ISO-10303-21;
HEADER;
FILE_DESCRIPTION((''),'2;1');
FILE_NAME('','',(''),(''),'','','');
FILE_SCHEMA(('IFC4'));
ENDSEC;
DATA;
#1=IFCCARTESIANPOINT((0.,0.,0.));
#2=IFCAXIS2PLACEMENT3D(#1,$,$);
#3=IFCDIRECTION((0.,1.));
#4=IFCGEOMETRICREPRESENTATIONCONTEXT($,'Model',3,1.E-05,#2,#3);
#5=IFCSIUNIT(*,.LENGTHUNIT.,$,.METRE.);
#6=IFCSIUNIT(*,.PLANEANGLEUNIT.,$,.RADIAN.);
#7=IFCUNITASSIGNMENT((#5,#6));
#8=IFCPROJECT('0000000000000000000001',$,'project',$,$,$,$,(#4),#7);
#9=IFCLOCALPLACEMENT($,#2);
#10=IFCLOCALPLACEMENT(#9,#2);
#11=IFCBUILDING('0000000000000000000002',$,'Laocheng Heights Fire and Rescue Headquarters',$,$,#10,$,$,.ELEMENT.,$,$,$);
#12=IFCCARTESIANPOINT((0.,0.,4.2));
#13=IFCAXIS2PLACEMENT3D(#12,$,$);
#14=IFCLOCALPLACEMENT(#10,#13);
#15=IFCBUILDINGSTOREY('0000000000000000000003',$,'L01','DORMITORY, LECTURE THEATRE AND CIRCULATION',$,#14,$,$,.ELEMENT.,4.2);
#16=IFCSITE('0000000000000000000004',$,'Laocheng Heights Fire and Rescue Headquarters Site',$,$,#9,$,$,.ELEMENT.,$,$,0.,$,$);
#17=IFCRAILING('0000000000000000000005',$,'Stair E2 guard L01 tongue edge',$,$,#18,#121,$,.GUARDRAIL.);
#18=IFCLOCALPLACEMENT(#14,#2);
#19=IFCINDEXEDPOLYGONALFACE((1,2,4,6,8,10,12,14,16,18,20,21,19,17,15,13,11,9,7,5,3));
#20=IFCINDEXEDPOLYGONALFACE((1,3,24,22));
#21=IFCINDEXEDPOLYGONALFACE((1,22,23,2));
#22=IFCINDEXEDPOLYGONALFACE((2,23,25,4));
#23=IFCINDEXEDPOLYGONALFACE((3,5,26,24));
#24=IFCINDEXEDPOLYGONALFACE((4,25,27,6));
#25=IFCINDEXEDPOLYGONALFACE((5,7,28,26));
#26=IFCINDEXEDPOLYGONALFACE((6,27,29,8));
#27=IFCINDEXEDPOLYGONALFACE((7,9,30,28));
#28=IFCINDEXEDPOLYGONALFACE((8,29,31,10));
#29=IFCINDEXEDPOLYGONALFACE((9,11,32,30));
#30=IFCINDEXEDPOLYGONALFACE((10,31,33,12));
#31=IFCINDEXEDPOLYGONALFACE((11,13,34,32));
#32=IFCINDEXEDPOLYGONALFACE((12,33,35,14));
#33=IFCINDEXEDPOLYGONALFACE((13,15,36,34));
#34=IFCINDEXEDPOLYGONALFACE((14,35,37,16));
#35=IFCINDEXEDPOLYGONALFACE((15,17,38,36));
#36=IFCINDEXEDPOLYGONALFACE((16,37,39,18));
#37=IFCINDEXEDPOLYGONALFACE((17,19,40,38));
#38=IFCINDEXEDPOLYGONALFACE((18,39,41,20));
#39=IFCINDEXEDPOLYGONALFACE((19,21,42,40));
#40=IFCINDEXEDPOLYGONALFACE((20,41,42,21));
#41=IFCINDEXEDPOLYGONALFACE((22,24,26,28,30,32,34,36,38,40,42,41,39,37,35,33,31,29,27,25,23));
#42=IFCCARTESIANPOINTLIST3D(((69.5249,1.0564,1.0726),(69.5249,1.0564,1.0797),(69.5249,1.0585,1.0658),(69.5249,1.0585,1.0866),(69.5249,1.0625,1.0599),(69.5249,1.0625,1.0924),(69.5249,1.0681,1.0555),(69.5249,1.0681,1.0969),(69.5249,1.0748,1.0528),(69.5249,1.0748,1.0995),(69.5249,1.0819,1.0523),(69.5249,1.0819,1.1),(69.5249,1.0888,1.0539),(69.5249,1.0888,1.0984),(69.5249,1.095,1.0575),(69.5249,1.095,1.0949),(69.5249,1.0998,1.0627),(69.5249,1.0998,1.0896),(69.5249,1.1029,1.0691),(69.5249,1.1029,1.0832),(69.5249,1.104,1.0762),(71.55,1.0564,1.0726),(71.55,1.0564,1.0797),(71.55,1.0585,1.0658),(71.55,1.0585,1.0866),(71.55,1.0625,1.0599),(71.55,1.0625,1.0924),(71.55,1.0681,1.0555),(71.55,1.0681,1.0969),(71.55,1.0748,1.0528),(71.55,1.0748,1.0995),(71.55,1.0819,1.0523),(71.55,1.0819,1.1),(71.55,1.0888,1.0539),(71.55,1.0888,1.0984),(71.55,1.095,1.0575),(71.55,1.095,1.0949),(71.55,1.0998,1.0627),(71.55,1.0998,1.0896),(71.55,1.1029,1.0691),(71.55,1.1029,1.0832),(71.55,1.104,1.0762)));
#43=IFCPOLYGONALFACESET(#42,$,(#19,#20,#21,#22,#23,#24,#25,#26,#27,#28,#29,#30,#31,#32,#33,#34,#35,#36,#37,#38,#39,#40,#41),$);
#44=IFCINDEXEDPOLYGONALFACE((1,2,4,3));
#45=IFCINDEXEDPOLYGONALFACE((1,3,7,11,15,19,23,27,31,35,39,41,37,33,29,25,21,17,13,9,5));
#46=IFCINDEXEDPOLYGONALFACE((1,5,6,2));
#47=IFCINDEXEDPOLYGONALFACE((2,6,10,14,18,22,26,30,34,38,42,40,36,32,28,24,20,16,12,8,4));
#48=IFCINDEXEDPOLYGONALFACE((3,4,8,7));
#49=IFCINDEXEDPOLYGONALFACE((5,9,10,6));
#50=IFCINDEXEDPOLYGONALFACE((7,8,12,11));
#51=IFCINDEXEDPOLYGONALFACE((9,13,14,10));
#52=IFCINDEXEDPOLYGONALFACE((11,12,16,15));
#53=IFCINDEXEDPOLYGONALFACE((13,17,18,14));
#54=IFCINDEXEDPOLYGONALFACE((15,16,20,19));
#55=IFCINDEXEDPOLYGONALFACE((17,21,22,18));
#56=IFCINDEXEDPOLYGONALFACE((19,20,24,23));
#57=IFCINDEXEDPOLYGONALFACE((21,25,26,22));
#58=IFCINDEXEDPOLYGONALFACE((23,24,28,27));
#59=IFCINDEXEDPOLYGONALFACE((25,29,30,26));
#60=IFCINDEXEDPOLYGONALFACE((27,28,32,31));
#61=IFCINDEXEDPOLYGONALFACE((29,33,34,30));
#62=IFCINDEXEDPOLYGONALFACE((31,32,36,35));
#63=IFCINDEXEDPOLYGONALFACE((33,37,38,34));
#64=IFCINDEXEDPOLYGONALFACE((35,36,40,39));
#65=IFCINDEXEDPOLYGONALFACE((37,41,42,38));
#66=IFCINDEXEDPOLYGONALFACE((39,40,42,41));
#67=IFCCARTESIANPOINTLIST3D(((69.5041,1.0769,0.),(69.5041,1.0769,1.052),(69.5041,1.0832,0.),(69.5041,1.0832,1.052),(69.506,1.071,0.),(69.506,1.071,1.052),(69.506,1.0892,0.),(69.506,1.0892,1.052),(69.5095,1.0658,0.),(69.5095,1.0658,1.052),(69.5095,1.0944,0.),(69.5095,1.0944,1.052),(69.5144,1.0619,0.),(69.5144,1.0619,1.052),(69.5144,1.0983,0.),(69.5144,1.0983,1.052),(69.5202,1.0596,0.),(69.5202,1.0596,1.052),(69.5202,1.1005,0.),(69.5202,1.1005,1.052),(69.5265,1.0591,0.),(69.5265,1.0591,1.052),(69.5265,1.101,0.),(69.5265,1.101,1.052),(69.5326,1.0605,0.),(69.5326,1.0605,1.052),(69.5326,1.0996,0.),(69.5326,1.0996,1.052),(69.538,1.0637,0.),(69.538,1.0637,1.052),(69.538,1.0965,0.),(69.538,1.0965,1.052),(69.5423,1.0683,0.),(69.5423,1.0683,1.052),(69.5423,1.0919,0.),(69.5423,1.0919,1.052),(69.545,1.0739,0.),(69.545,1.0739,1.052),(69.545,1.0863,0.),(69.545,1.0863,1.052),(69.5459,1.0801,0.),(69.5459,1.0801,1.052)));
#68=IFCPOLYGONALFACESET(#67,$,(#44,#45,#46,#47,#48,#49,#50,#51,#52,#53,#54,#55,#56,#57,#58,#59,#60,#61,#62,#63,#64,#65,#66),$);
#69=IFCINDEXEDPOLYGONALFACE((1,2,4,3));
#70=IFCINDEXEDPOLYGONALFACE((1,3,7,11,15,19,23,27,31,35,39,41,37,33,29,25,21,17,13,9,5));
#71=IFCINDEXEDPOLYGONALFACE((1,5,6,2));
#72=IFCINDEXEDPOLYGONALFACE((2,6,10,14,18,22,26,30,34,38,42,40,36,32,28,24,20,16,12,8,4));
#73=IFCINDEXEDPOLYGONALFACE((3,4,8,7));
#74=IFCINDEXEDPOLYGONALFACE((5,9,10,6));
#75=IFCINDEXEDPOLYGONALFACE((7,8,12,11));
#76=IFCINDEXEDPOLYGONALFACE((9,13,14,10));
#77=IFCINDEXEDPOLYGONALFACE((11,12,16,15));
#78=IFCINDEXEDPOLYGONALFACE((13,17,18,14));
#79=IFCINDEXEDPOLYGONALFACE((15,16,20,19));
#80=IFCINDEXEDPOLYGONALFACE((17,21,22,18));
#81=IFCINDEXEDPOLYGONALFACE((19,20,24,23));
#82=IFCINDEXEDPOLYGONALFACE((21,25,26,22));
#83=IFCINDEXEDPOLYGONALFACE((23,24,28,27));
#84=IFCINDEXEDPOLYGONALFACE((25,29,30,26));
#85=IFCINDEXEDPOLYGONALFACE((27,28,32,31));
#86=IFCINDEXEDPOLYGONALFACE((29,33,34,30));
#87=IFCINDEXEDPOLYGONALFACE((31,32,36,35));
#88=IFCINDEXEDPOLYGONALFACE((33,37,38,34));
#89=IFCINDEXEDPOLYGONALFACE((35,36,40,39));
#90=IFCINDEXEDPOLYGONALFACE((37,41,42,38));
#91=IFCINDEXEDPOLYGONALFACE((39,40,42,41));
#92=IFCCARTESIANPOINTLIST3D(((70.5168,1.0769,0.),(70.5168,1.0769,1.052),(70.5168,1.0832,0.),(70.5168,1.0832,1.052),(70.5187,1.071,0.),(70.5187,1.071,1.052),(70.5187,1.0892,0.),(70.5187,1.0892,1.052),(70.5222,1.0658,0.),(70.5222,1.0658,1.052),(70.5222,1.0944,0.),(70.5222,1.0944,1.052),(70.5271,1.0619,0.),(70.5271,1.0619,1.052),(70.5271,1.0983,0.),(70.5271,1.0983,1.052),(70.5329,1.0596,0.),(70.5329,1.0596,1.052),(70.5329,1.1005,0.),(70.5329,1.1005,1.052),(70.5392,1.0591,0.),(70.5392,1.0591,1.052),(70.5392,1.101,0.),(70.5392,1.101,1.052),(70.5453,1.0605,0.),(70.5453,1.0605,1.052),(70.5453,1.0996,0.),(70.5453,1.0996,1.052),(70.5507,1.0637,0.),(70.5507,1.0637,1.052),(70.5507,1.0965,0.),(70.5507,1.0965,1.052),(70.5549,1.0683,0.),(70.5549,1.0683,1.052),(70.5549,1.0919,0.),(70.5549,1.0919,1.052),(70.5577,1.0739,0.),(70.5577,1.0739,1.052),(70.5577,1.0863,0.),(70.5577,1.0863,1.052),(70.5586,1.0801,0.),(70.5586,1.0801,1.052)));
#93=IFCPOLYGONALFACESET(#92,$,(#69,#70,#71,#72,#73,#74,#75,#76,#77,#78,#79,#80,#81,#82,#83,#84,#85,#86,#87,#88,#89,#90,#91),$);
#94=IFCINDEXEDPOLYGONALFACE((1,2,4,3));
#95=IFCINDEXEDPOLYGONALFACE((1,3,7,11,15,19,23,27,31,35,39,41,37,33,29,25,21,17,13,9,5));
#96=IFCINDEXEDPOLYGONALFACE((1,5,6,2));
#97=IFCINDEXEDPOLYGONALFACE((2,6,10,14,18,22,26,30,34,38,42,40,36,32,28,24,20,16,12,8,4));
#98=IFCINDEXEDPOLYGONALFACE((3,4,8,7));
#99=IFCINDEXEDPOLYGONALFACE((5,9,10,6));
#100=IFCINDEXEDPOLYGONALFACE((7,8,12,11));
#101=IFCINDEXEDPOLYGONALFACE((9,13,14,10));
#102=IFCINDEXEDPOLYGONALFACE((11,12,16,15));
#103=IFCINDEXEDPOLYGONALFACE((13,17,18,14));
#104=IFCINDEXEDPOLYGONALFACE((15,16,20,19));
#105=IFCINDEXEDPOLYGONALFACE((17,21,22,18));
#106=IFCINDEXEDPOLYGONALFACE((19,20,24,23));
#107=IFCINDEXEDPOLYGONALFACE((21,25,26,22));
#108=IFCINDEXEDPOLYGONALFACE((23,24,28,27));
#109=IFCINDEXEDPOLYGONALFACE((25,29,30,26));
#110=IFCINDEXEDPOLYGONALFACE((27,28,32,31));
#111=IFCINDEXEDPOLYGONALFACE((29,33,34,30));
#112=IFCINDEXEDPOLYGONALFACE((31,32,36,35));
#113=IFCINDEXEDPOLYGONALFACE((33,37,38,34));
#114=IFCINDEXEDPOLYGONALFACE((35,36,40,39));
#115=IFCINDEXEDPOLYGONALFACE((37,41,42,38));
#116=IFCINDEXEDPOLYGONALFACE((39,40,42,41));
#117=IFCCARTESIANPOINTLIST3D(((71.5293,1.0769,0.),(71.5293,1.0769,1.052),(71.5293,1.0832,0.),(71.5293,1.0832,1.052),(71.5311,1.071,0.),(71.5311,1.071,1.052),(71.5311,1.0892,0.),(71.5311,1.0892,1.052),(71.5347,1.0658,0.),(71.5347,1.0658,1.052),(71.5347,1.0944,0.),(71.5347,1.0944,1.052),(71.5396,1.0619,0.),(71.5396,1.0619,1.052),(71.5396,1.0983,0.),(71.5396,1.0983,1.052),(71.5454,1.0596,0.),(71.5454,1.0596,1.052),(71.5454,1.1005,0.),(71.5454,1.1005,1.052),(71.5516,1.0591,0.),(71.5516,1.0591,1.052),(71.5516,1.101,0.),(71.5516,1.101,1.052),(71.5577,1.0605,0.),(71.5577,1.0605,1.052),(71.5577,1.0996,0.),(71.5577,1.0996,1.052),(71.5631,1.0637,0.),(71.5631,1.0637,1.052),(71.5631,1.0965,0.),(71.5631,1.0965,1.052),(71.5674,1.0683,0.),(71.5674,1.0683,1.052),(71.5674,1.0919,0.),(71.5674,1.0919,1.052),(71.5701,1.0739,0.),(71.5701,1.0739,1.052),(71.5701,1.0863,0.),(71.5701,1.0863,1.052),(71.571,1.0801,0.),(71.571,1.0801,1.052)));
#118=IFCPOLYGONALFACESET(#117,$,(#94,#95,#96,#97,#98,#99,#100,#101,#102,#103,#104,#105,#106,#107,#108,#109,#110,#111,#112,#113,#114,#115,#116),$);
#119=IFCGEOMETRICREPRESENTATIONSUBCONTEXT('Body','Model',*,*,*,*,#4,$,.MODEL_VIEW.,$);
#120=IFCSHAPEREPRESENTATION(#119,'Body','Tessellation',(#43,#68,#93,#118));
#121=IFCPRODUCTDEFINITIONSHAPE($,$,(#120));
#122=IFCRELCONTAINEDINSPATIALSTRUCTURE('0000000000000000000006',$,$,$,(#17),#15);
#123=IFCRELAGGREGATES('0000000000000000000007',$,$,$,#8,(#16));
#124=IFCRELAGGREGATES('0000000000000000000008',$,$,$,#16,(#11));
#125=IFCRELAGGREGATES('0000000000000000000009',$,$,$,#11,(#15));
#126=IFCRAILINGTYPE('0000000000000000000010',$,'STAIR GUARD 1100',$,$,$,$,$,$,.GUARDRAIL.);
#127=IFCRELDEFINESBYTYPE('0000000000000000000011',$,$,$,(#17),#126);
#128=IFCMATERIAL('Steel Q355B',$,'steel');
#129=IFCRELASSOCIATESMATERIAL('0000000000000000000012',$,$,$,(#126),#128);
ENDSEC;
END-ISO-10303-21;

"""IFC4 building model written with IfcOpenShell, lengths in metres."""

from ifc_helpers import new_model, si_unit, direction, frame, origin, origin_2d, place, context, subcontext, project, spatial, circle, extrude, material, type_object, element, save


model = new_model("IFC4")

# Units and contexts
model_context = context("Model", 3, precision=1e-05, world=origin(), true_north=direction((0.0, 1.0)))
body_context = subcontext(model_context, "Body", "Model", "MODEL_VIEW")
ifc_project = project(units=[si_unit("LENGTHUNIT", "METRE"), si_unit("PLANEANGLEUNIT", "RADIAN")], contexts=[model_context])

# Site, building, storey
site_placement = place(None, origin())
site = spatial("IfcSite", under=ifc_project, at=site_placement, Name="Laocheng Heights Fire and Rescue Headquarters Site", CompositionType="ELEMENT", RefElevation=0.0)
building_placement = place(site_placement, origin())
building = spatial("IfcBuilding", under=site, at=building_placement, Name="Laocheng Heights Fire and Rescue Headquarters", CompositionType="ELEMENT")
storey_placement = place(building_placement, frame((0.0, 0.0, 4.2)))
storey = spatial("IfcBuildingStorey", under=building, at=storey_placement, Name="L01", Description="DORMITORY, LECTURE THEATRE AND CIRCULATION", CompositionType="ELEMENT", Elevation=4.2)

# Railing
ifc_material_1 = material(Name="Steel Q355B", Category="steel")
railing_type_1 = type_object("IfcRailingType", Name="STAIR GUARD 1100", PredefinedType="GUARDRAIL", material=ifc_material_1)
railing_1_placement = place(storey_placement, frame((69.5249, 1.0801, 0.0)))
element("IfcRailing", 1, at=railing_1_placement, inside=storey, type_object=railing_type_1, Name="Stair E2 guard L01 tongue edge", PredefinedType="GUARDRAIL", context=body_context, shape_type="SweptSolid", body=[
    extrude(circle(Radius=0.0239, at=origin_2d()), frame((0.0, 0.0, 1.0762), z_axis=(1.0, 0.0, 0.0), x_axis=(0.0, 1.0, 0.0)), (0.0, 0.0, 1.0), 2.0251),
    extrude(circle(Radius=0.021, at=origin_2d()), origin(), (0.0, 0.0, 1.0), 1.052),
    extrude(circle(Radius=0.021, at=origin_2d()), frame((1.0127, 0.0, 0.0)), (0.0, 0.0, 1.0), 1.052),
    extrude(circle(Radius=0.021, at=origin_2d()), frame((2.0251, 0.0, 0.0)), (0.0, 0.0, 1.0), 1.052),
])

save(model, "model.ifc")
